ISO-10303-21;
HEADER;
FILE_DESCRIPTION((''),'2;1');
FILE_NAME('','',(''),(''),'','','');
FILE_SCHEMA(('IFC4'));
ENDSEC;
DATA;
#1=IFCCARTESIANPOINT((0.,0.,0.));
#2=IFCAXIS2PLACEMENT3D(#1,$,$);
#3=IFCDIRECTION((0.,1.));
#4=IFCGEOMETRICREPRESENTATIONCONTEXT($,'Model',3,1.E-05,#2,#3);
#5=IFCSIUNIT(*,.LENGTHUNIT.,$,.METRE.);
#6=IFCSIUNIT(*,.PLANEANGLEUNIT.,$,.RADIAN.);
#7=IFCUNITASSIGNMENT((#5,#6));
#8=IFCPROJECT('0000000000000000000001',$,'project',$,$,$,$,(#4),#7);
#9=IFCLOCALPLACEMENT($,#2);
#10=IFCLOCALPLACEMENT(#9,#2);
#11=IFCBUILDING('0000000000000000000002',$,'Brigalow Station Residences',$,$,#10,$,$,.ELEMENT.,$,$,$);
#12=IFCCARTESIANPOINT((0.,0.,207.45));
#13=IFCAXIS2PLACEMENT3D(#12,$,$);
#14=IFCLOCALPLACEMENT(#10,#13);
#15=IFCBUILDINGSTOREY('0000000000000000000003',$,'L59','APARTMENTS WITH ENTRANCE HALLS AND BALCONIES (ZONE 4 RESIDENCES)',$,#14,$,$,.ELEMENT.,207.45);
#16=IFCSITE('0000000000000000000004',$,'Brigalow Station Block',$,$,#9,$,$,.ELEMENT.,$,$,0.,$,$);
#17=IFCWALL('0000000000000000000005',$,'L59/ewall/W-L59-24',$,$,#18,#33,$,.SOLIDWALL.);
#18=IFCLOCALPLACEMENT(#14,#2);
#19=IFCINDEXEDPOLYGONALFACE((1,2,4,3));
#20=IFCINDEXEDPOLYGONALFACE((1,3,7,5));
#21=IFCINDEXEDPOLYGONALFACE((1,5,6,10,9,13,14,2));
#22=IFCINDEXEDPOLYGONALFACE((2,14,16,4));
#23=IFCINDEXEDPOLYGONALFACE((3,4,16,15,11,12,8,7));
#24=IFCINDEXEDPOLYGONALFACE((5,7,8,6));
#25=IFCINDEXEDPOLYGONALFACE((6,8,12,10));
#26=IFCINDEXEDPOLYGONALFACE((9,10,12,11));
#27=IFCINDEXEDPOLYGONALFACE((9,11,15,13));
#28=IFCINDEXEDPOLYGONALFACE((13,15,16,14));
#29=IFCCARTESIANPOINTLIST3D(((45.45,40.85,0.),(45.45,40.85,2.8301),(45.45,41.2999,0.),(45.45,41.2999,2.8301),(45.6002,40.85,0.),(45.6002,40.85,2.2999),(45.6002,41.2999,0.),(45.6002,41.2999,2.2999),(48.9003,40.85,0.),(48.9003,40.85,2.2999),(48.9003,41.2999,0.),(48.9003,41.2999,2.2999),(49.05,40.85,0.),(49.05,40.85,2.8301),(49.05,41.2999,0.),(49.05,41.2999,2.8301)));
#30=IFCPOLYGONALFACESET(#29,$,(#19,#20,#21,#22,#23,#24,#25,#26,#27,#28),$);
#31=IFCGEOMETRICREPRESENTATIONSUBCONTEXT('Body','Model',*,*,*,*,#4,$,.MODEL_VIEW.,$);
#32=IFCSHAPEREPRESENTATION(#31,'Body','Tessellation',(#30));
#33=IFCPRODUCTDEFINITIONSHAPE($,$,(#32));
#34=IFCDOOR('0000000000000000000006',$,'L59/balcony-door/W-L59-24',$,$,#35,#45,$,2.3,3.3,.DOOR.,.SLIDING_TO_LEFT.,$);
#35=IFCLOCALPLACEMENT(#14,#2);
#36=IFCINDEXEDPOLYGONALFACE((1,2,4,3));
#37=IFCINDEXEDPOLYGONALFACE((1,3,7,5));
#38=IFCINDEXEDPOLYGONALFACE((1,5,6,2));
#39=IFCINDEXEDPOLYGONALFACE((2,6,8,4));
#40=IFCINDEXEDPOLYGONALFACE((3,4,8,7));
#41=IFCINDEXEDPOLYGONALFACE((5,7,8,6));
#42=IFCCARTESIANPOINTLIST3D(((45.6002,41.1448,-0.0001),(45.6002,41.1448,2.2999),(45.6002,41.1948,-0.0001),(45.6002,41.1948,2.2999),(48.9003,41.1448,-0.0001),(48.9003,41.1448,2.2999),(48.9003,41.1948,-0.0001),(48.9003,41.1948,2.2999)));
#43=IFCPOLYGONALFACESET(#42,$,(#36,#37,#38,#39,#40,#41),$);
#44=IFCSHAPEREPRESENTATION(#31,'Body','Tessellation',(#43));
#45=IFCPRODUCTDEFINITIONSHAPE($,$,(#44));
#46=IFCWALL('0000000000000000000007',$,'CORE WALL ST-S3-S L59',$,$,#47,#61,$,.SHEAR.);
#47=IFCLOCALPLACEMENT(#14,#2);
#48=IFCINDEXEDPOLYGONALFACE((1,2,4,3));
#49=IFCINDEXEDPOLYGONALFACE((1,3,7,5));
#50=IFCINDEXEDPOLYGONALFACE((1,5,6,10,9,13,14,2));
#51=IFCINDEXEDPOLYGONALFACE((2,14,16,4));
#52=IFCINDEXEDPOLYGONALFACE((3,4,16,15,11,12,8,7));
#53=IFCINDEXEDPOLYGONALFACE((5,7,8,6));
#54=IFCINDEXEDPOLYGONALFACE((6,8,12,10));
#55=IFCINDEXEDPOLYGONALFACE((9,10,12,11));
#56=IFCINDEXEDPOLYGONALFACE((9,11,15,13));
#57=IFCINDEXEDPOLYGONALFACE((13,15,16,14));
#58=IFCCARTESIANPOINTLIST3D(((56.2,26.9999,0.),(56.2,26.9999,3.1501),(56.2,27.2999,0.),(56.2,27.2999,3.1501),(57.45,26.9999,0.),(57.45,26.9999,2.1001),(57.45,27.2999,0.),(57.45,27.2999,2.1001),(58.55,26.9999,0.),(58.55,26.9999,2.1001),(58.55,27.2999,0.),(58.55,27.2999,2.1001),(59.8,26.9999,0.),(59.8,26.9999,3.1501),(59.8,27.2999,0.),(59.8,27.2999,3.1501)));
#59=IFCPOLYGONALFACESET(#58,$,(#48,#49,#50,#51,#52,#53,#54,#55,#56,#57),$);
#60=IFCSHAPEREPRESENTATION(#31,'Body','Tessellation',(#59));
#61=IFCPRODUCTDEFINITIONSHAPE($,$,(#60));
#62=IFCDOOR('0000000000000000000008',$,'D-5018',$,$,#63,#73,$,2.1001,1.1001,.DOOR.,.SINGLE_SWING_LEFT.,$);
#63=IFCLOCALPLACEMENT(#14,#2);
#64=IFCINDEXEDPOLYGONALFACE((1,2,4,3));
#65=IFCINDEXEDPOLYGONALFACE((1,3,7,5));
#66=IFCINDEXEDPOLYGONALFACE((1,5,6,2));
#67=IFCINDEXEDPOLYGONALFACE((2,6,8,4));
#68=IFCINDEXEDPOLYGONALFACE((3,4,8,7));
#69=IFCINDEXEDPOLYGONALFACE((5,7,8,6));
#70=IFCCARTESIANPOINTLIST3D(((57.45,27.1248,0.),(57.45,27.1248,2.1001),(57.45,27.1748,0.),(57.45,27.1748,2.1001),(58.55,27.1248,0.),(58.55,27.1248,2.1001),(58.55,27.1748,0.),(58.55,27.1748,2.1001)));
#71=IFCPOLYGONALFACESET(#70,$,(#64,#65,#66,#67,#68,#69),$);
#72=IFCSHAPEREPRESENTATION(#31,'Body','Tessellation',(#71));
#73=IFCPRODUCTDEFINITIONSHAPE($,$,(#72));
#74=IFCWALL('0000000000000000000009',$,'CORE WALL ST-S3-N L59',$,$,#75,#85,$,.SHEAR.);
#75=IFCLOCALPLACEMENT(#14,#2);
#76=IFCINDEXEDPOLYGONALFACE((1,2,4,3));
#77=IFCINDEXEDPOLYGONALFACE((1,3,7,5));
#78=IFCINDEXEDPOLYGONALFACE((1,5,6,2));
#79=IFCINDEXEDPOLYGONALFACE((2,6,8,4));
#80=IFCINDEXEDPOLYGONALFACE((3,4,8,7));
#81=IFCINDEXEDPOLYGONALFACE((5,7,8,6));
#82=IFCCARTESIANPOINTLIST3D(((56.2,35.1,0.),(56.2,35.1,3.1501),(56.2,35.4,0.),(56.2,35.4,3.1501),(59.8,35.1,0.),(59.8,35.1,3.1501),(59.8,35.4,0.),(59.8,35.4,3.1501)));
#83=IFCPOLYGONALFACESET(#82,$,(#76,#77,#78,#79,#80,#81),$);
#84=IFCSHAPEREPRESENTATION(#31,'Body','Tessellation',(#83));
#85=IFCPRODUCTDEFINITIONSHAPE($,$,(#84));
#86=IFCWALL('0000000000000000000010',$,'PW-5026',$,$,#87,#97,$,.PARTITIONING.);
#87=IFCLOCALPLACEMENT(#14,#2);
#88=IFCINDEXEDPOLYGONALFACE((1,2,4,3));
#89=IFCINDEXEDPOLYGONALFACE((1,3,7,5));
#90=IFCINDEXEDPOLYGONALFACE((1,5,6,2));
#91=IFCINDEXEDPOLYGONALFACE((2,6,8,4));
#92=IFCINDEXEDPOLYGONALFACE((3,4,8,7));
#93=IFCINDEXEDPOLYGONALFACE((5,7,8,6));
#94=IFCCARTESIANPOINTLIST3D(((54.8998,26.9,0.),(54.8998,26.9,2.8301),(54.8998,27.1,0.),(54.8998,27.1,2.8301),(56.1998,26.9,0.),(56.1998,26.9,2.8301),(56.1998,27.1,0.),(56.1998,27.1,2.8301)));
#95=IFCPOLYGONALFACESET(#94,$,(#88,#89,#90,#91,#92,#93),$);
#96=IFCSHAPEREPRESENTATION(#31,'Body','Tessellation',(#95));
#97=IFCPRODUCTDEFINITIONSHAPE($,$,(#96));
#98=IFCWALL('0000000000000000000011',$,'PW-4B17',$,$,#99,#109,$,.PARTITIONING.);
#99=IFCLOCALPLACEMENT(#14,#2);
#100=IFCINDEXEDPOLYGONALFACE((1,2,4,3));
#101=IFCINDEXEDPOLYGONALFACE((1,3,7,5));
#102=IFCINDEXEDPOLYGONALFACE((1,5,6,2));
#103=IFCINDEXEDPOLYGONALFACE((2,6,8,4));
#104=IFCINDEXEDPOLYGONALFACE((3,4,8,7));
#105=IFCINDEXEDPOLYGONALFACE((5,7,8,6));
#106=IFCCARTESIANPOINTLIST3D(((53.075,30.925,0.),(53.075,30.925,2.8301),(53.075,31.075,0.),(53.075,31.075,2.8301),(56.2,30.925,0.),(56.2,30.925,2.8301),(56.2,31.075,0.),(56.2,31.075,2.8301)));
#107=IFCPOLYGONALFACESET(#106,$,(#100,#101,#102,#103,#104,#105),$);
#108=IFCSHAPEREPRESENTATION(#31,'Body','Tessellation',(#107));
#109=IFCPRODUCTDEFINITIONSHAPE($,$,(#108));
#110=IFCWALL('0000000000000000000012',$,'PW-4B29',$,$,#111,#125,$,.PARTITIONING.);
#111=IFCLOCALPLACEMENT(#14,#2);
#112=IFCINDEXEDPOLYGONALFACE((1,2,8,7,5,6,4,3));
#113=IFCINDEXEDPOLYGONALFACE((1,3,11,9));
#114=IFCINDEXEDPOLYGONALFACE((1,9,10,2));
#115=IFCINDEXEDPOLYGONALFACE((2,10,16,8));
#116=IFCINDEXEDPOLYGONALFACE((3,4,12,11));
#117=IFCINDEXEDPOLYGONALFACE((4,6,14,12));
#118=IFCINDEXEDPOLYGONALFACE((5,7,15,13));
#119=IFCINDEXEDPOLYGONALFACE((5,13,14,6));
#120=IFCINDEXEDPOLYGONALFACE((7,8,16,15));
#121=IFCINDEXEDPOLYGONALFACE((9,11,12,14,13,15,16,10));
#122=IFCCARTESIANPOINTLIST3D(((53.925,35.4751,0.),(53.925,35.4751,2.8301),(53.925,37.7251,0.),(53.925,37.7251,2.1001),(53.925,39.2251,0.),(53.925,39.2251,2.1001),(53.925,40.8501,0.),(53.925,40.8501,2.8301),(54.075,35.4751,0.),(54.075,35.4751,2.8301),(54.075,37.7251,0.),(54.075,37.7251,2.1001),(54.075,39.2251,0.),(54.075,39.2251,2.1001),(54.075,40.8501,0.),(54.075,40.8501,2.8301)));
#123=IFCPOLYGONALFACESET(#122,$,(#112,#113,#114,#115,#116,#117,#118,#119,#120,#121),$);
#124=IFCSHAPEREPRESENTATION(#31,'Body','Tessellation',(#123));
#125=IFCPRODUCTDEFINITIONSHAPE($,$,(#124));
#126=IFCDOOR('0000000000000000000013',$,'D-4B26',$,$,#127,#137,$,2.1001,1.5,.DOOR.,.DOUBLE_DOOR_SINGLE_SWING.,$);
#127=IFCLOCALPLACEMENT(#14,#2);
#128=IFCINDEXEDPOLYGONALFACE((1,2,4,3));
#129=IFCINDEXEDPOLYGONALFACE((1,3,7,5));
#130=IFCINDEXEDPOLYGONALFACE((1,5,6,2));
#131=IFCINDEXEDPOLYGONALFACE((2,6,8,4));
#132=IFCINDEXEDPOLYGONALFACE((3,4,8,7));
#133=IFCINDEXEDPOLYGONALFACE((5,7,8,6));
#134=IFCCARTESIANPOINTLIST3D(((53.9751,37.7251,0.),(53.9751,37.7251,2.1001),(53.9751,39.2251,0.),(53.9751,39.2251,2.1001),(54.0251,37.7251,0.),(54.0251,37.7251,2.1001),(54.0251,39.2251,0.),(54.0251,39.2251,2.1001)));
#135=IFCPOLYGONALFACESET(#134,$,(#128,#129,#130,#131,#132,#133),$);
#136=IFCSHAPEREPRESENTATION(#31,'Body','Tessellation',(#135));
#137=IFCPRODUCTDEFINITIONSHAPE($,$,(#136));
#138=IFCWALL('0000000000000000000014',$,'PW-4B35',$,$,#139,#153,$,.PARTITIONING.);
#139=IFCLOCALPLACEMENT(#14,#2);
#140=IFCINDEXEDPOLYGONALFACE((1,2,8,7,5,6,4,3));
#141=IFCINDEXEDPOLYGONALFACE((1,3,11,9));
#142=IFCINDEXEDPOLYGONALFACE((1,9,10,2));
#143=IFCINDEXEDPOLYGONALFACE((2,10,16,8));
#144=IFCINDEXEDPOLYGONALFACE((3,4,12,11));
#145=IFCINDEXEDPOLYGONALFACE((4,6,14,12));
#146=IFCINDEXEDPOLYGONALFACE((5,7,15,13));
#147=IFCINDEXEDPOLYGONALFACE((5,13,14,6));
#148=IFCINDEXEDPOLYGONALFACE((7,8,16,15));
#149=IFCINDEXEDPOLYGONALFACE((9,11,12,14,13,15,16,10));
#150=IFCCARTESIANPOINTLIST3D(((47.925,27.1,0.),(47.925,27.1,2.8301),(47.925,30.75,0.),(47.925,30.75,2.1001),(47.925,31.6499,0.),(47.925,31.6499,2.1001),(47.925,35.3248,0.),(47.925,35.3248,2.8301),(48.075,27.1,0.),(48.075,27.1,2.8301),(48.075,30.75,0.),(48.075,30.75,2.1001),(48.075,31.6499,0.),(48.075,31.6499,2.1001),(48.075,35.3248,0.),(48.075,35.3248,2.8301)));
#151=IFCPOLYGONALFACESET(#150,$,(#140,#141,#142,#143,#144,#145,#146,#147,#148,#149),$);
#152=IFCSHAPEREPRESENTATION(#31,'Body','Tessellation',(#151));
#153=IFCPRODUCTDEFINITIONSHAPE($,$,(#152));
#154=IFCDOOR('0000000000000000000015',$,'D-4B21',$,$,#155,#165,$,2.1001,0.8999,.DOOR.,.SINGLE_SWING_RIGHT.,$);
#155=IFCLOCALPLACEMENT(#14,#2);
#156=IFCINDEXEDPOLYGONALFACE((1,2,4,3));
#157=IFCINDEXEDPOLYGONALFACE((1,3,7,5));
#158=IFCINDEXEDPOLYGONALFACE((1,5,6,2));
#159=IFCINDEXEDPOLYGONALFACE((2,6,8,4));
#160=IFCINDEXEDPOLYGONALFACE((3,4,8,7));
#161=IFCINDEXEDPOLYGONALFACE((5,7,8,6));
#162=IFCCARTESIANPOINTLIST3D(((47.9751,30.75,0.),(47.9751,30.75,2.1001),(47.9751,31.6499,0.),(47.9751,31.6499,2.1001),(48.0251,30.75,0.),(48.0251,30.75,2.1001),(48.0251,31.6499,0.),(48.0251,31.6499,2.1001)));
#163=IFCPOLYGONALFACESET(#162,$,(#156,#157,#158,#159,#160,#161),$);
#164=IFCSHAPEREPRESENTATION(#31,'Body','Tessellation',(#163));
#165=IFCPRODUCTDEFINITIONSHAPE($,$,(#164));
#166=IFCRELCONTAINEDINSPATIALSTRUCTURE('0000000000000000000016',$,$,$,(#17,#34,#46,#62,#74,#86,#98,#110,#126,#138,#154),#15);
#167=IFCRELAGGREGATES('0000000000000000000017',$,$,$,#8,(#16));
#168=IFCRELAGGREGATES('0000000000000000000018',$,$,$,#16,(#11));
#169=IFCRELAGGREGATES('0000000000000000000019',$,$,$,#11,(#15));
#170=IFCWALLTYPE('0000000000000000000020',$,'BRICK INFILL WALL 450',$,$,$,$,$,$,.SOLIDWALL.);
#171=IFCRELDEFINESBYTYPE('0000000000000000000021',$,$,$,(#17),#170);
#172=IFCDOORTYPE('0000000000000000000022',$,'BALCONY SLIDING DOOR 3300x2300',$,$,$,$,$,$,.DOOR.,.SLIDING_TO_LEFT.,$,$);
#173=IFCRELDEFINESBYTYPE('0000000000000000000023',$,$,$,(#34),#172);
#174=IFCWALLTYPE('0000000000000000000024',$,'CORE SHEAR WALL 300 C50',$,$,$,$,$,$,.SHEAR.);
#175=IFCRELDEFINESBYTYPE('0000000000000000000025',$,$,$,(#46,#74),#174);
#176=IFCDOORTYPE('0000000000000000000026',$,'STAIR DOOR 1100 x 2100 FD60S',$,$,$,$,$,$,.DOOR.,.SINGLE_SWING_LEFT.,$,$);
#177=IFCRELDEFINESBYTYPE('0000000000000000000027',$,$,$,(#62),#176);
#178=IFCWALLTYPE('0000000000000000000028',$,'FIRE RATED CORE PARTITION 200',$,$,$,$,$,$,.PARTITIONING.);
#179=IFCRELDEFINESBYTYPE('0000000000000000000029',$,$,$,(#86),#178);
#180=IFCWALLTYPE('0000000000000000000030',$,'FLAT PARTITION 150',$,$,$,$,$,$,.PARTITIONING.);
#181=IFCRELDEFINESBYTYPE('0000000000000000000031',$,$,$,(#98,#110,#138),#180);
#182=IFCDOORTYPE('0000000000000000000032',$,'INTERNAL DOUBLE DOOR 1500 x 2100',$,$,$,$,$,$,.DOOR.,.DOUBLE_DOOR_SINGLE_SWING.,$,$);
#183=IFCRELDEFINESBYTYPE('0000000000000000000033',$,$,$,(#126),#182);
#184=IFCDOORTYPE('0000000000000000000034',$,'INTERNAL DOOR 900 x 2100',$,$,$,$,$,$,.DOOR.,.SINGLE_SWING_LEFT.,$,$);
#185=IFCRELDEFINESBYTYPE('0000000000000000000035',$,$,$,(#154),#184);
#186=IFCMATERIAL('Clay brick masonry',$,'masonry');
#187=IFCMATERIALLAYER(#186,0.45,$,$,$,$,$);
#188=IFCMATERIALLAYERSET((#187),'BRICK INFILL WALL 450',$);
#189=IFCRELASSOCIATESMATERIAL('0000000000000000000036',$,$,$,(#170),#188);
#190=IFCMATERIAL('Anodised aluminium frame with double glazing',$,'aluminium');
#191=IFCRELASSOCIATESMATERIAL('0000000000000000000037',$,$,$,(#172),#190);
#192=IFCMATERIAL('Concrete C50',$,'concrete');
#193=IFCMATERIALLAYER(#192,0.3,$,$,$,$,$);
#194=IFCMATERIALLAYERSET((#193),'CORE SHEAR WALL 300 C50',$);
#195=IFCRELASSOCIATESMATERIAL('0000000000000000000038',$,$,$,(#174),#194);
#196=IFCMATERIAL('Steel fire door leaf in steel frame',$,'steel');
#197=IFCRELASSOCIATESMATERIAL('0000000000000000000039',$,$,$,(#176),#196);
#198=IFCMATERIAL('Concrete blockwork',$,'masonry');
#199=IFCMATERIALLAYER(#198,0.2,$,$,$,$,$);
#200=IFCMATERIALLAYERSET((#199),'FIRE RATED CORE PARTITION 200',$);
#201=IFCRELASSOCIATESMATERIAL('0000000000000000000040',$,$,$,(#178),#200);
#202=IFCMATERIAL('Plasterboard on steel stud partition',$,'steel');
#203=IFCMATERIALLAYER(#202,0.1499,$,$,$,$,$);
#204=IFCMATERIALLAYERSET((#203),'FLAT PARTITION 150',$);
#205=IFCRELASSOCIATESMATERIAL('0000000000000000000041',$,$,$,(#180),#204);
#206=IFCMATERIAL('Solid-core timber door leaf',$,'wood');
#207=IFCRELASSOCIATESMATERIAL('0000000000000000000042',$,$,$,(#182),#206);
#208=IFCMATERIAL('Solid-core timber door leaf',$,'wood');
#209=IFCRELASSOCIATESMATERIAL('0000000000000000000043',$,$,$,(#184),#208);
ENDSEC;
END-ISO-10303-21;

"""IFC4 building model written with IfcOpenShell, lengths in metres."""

from ifc_helpers import new_model, si_unit, direction, frame, frame_2d, origin, place, context, subcontext, project, spatial, rectangle, extrude, material, layer, layer_set, type_object, element, fill, save


model = new_model("IFC4")

# Units and contexts
model_context = context("Model", 3, precision=1e-05, world=origin(), true_north=direction((0.0, 1.0)))
body_context = subcontext(model_context, "Body", "Model", "MODEL_VIEW")
ifc_project = project(units=[si_unit("LENGTHUNIT", "METRE"), si_unit("PLANEANGLEUNIT", "RADIAN")], contexts=[model_context])

# Site, building, storey
site_placement = place(None, origin())
site = spatial("IfcSite", under=ifc_project, at=site_placement, Name="Brigalow Station Block", CompositionType="ELEMENT", RefElevation=0.0)
building_placement = place(site_placement, origin())
building = spatial("IfcBuilding", under=site, at=building_placement, Name="Brigalow Station Residences", CompositionType="ELEMENT")
storey_placement = place(building_placement, frame((0.0, 0.0, 207.45)))
storey = spatial("IfcBuildingStorey", under=building, at=storey_placement, Name="L59", Description="APARTMENTS WITH ENTRANCE HALLS AND BALCONIES (ZONE 4 RESIDENCES)", CompositionType="ELEMENT", Elevation=207.45)

# Walls, openings, doors
ifc_material_1 = material(Name="Clay brick masonry", Category="masonry")
ifc_layer_1 = layer(ifc_material_1, 0.45)
ifc_layer_set_1 = layer_set([ifc_layer_1], Name="BRICK INFILL WALL 450")
wall_type_1 = type_object("IfcWallType", Name="BRICK INFILL WALL 450", PredefinedType="SOLIDWALL", material=ifc_layer_set_1)
ifc_material_2 = material(Name="Anodised aluminium frame with double glazing", Category="aluminium")
door_type_1 = type_object("IfcDoorType", Name="BALCONY SLIDING DOOR 3300x2300", OperationType="SLIDING_TO_LEFT", PredefinedType="DOOR", material=ifc_material_2)
wall_1_placement = place(storey_placement, frame((49.05, 41.075, 0.0), z_axis=(0.0, 0.0, 1.0), x_axis=(-1.0, 0.0, 0.0)))
wall_1 = element("IfcWall", 1, at=wall_1_placement, inside=storey, type_object=wall_type_1, Name="L59/ewall/W-L59-24", PredefinedType="SOLIDWALL", context=body_context, shape_type="SweptSolid", body=[
    extrude(rectangle(XDim=3.6001, YDim=0.45, at=frame_2d((1.8, 0.0))), origin(), (0.0, 0.0, 1.0), 2.8301),
])
opening_1_placement = place(wall_1_placement, frame((0.1499, 0.0, 0.0)))
opening_1 = element("IfcOpeningElement", 2, at=opening_1_placement, cuts=wall_1, PredefinedType="OPENING", context=body_context, shape_type="SweptSolid", body=[
    extrude(rectangle(XDim=3.3, YDim=2.3, at=frame_2d((1.6499, 1.1499))), frame((0.0, 0.2349, 0.0), z_axis=(0.0, -1.0, 0.0), x_axis=(1.0, 0.0, 0.0)), (0.0, 0.0, 1.0), 0.47),
])
door_1_placement = place(opening_1_placement, origin())
door_1 = element("IfcDoor", 3, at=door_1_placement, inside=storey, type_object=door_type_1, Name="L59/balcony-door/W-L59-24", OperationType="SLIDING_TO_LEFT", OverallHeight=2.3, OverallWidth=3.3, PredefinedType="DOOR", context=body_context, shape_type="SweptSolid", body=[
    extrude(rectangle(XDim=3.3, YDim=2.3, at=frame_2d((1.6499, 1.1499))), frame((0.0, -0.0698, 0.0), z_axis=(0.0, -1.0, 0.0), x_axis=(1.0, 0.0, 0.0)), (0.0, 0.0, 1.0), 0.05),
])
fill(opening_1, door_1)
ifc_material_3 = material(Name="Concrete C50", Category="concrete")
ifc_layer_2 = layer(ifc_material_3, 0.3)
ifc_layer_set_2 = layer_set([ifc_layer_2], Name="CORE SHEAR WALL 300 C50")
wall_type_2 = type_object("IfcWallType", Name="CORE SHEAR WALL 300 C50", PredefinedType="SHEAR", material=ifc_layer_set_2)
wall_2_placement = place(storey_placement, frame((56.2, 27.1499, 0.0), z_axis=(0.0, 0.0, 1.0), x_axis=(1.0, 0.0, 0.0)))
wall_2 = element("IfcWall", 4, at=wall_2_placement, inside=storey, type_object=wall_type_2, Name="CORE WALL ST-S3-S L59", PredefinedType="SHEAR", context=body_context, shape_type="SweptSolid", body=[
    extrude(rectangle(XDim=3.6001, YDim=0.3, at=frame_2d((1.8, 0.0))), origin(), (0.0, 0.0, 1.0), 3.1501),
])
opening_2_placement = place(wall_2_placement, frame((1.25, 0.0, 0.0)))
opening_2 = element("IfcOpeningElement", 5, at=opening_2_placement, cuts=wall_2, PredefinedType="OPENING", context=body_context, shape_type="SweptSolid", body=[
    extrude(rectangle(XDim=1.1001, YDim=2.1001, at=frame_2d((0.55, 1.05))), frame((0.0, 0.1602, 0.0), z_axis=(0.0, -1.0, 0.0), x_axis=(1.0, 0.0, 0.0)), (0.0, 0.0, 1.0), 0.3201),
])
ifc_material_4 = material(Name="Steel fire door leaf in steel frame", Category="steel")
door_type_2 = type_object("IfcDoorType", Name="STAIR DOOR 1100 x 2100 FD60S", OperationType="SINGLE_SWING_LEFT", PredefinedType="DOOR", material=ifc_material_4)
door_2_placement = place(opening_2_placement, origin())
door_2 = element("IfcDoor", 6, at=door_2_placement, inside=storey, type_object=door_type_2, Name="D-5018", OperationType="SINGLE_SWING_LEFT", OverallHeight=2.1001, OverallWidth=1.1001, PredefinedType="DOOR", context=body_context, shape_type="SweptSolid", body=[
    extrude(rectangle(XDim=1.1001, YDim=2.1001, at=frame_2d((0.55, 1.05))), frame((0.0, 0.0249, 0.0), z_axis=(0.0, -1.0, 0.0), x_axis=(1.0, 0.0, 0.0)), (0.0, 0.0, 1.0), 0.05),
])
fill(opening_2, door_2)

# Walls
wall_3_placement = place(storey_placement, frame((56.2, 35.25, 0.0), z_axis=(0.0, 0.0, 1.0), x_axis=(1.0, 0.0, 0.0)))
element("IfcWall", 7, at=wall_3_placement, inside=storey, type_object=wall_type_2, Name="CORE WALL ST-S3-N L59", PredefinedType="SHEAR", context=body_context, shape_type="SweptSolid", body=[
    extrude(rectangle(XDim=3.6001, YDim=0.3, at=frame_2d((1.8, 0.0))), origin(), (0.0, 0.0, 1.0), 3.1501),
])
ifc_material_5 = material(Name="Concrete blockwork", Category="masonry")
ifc_layer_3 = layer(ifc_material_5, 0.2)
ifc_layer_set_3 = layer_set([ifc_layer_3], Name="FIRE RATED CORE PARTITION 200")
wall_type_3 = type_object("IfcWallType", Name="FIRE RATED CORE PARTITION 200", PredefinedType="PARTITIONING", material=ifc_layer_set_3)
wall_4_placement = place(storey_placement, frame((54.8999, 27.0, 0.0), z_axis=(0.0, 0.0, 1.0), x_axis=(1.0, 0.0, 0.0)))
element("IfcWall", 8, at=wall_4_placement, inside=storey, type_object=wall_type_3, Name="PW-5026", PredefinedType="PARTITIONING", context=body_context, shape_type="SweptSolid", body=[
    extrude(rectangle(XDim=1.3, YDim=0.2, at=frame_2d((0.6499, 0.0))), origin(), (0.0, 0.0, 1.0), 2.8301),
])
ifc_material_6 = material(Name="Plasterboard on steel stud partition", Category="steel")
ifc_layer_4 = layer(ifc_material_6, 0.1499)
ifc_layer_set_4 = layer_set([ifc_layer_4], Name="FLAT PARTITION 150")
wall_type_4 = type_object("IfcWallType", Name="FLAT PARTITION 150", PredefinedType="PARTITIONING", material=ifc_layer_set_4)
wall_5_placement = place(storey_placement, frame((53.075, 31.0, 0.0), z_axis=(0.0, 0.0, 1.0), x_axis=(1.0, 0.0, 0.0)))
element("IfcWall", 9, at=wall_5_placement, inside=storey, type_object=wall_type_4, Name="PW-4B17", PredefinedType="PARTITIONING", context=body_context, shape_type="SweptSolid", body=[
    extrude(rectangle(XDim=3.125, YDim=0.1499, at=frame_2d((1.5625, 0.0))), origin(), (0.0, 0.0, 1.0), 2.8301),
])

# Walls, openings, doors
wall_6_placement = place(storey_placement, frame((54.0, 35.4751, 0.0), z_axis=(0.0, 0.0, 1.0), x_axis=(0.0, 1.0, 0.0)))
wall_6 = element("IfcWall", 10, at=wall_6_placement, inside=storey, type_object=wall_type_4, Name="PW-4B29", PredefinedType="PARTITIONING", context=body_context, shape_type="SweptSolid", body=[
    extrude(rectangle(XDim=5.375, YDim=0.1499, at=frame_2d((2.6875, 0.0))), origin(), (0.0, 0.0, 1.0), 2.8301),
])
opening_3_placement = place(wall_6_placement, frame((2.25, 0.0, 0.0)))
opening_3 = element("IfcOpeningElement", 11, at=opening_3_placement, cuts=wall_6, PredefinedType="OPENING", context=body_context, shape_type="SweptSolid", body=[
    extrude(rectangle(XDim=1.5, YDim=2.1001, at=frame_2d((0.75, 1.05))), frame((0.0, 0.085, 0.0), z_axis=(0.0, -1.0, 0.0), x_axis=(1.0, 0.0, 0.0)), (0.0, 0.0, 1.0), 0.1699),
])
ifc_material_7 = material(Name="Solid-core timber door leaf", Category="wood")
door_type_3 = type_object("IfcDoorType", Name="INTERNAL DOUBLE DOOR 1500 x 2100", OperationType="DOUBLE_DOOR_SINGLE_SWING", PredefinedType="DOOR", material=ifc_material_7)
door_3_placement = place(opening_3_placement, origin())
door_3 = element("IfcDoor", 12, at=door_3_placement, inside=storey, type_object=door_type_3, Name="D-4B26", OperationType="DOUBLE_DOOR_SINGLE_SWING", OverallHeight=2.1001, OverallWidth=1.5, PredefinedType="DOOR", context=body_context, shape_type="SweptSolid", body=[
    extrude(rectangle(XDim=1.5, YDim=2.1001, at=frame_2d((0.75, 1.05))), frame((0.0, 0.0249, 0.0), z_axis=(0.0, -1.0, 0.0), x_axis=(1.0, 0.0, 0.0)), (0.0, 0.0, 1.0), 0.05),
])
fill(opening_3, door_3)
wall_7_placement = place(storey_placement, frame((48.0, 27.1001, 0.0), z_axis=(0.0, 0.0, 1.0), x_axis=(0.0, 1.0, 0.0)))
wall_7 = element("IfcWall", 13, at=wall_7_placement, inside=storey, type_object=wall_type_4, Name="PW-4B35", PredefinedType="PARTITIONING", context=body_context, shape_type="SweptSolid", body=[
    extrude(rectangle(XDim=8.2249, YDim=0.1499, at=frame_2d((4.1123, 0.0))), origin(), (0.0, 0.0, 1.0), 2.8301),
])
opening_4_placement = place(wall_7_placement, frame((3.6499, 0.0, 0.0)))
opening_4 = element("IfcOpeningElement", 14, at=opening_4_placement, cuts=wall_7, PredefinedType="OPENING", context=body_context, shape_type="SweptSolid", body=[
    extrude(rectangle(XDim=0.8999, YDim=2.1001, at=frame_2d((0.45, 1.05))), frame((0.0, 0.085, 0.0), z_axis=(0.0, -1.0, 0.0), x_axis=(1.0, 0.0, 0.0)), (0.0, 0.0, 1.0), 0.1699),
])
ifc_material_8 = material(Name="Solid-core timber door leaf", Category="wood")
door_type_4 = type_object("IfcDoorType", Name="INTERNAL DOOR 900 x 2100", OperationType="SINGLE_SWING_LEFT", PredefinedType="DOOR", material=ifc_material_8)
door_4_placement = place(opening_4_placement, origin())
door_4 = element("IfcDoor", 15, at=door_4_placement, inside=storey, type_object=door_type_4, Name="D-4B21", OperationType="SINGLE_SWING_RIGHT", OverallHeight=2.1001, OverallWidth=0.8999, PredefinedType="DOOR", context=body_context, shape_type="SweptSolid", body=[
    extrude(rectangle(XDim=0.8999, YDim=2.1001, at=frame_2d((0.45, 1.05))), frame((0.0, 0.0249, 0.0), z_axis=(0.0, -1.0, 0.0), x_axis=(1.0, 0.0, 0.0)), (0.0, 0.0, 1.0), 0.05),
])
fill(opening_4, door_4)

save(model, "model.ifc")
